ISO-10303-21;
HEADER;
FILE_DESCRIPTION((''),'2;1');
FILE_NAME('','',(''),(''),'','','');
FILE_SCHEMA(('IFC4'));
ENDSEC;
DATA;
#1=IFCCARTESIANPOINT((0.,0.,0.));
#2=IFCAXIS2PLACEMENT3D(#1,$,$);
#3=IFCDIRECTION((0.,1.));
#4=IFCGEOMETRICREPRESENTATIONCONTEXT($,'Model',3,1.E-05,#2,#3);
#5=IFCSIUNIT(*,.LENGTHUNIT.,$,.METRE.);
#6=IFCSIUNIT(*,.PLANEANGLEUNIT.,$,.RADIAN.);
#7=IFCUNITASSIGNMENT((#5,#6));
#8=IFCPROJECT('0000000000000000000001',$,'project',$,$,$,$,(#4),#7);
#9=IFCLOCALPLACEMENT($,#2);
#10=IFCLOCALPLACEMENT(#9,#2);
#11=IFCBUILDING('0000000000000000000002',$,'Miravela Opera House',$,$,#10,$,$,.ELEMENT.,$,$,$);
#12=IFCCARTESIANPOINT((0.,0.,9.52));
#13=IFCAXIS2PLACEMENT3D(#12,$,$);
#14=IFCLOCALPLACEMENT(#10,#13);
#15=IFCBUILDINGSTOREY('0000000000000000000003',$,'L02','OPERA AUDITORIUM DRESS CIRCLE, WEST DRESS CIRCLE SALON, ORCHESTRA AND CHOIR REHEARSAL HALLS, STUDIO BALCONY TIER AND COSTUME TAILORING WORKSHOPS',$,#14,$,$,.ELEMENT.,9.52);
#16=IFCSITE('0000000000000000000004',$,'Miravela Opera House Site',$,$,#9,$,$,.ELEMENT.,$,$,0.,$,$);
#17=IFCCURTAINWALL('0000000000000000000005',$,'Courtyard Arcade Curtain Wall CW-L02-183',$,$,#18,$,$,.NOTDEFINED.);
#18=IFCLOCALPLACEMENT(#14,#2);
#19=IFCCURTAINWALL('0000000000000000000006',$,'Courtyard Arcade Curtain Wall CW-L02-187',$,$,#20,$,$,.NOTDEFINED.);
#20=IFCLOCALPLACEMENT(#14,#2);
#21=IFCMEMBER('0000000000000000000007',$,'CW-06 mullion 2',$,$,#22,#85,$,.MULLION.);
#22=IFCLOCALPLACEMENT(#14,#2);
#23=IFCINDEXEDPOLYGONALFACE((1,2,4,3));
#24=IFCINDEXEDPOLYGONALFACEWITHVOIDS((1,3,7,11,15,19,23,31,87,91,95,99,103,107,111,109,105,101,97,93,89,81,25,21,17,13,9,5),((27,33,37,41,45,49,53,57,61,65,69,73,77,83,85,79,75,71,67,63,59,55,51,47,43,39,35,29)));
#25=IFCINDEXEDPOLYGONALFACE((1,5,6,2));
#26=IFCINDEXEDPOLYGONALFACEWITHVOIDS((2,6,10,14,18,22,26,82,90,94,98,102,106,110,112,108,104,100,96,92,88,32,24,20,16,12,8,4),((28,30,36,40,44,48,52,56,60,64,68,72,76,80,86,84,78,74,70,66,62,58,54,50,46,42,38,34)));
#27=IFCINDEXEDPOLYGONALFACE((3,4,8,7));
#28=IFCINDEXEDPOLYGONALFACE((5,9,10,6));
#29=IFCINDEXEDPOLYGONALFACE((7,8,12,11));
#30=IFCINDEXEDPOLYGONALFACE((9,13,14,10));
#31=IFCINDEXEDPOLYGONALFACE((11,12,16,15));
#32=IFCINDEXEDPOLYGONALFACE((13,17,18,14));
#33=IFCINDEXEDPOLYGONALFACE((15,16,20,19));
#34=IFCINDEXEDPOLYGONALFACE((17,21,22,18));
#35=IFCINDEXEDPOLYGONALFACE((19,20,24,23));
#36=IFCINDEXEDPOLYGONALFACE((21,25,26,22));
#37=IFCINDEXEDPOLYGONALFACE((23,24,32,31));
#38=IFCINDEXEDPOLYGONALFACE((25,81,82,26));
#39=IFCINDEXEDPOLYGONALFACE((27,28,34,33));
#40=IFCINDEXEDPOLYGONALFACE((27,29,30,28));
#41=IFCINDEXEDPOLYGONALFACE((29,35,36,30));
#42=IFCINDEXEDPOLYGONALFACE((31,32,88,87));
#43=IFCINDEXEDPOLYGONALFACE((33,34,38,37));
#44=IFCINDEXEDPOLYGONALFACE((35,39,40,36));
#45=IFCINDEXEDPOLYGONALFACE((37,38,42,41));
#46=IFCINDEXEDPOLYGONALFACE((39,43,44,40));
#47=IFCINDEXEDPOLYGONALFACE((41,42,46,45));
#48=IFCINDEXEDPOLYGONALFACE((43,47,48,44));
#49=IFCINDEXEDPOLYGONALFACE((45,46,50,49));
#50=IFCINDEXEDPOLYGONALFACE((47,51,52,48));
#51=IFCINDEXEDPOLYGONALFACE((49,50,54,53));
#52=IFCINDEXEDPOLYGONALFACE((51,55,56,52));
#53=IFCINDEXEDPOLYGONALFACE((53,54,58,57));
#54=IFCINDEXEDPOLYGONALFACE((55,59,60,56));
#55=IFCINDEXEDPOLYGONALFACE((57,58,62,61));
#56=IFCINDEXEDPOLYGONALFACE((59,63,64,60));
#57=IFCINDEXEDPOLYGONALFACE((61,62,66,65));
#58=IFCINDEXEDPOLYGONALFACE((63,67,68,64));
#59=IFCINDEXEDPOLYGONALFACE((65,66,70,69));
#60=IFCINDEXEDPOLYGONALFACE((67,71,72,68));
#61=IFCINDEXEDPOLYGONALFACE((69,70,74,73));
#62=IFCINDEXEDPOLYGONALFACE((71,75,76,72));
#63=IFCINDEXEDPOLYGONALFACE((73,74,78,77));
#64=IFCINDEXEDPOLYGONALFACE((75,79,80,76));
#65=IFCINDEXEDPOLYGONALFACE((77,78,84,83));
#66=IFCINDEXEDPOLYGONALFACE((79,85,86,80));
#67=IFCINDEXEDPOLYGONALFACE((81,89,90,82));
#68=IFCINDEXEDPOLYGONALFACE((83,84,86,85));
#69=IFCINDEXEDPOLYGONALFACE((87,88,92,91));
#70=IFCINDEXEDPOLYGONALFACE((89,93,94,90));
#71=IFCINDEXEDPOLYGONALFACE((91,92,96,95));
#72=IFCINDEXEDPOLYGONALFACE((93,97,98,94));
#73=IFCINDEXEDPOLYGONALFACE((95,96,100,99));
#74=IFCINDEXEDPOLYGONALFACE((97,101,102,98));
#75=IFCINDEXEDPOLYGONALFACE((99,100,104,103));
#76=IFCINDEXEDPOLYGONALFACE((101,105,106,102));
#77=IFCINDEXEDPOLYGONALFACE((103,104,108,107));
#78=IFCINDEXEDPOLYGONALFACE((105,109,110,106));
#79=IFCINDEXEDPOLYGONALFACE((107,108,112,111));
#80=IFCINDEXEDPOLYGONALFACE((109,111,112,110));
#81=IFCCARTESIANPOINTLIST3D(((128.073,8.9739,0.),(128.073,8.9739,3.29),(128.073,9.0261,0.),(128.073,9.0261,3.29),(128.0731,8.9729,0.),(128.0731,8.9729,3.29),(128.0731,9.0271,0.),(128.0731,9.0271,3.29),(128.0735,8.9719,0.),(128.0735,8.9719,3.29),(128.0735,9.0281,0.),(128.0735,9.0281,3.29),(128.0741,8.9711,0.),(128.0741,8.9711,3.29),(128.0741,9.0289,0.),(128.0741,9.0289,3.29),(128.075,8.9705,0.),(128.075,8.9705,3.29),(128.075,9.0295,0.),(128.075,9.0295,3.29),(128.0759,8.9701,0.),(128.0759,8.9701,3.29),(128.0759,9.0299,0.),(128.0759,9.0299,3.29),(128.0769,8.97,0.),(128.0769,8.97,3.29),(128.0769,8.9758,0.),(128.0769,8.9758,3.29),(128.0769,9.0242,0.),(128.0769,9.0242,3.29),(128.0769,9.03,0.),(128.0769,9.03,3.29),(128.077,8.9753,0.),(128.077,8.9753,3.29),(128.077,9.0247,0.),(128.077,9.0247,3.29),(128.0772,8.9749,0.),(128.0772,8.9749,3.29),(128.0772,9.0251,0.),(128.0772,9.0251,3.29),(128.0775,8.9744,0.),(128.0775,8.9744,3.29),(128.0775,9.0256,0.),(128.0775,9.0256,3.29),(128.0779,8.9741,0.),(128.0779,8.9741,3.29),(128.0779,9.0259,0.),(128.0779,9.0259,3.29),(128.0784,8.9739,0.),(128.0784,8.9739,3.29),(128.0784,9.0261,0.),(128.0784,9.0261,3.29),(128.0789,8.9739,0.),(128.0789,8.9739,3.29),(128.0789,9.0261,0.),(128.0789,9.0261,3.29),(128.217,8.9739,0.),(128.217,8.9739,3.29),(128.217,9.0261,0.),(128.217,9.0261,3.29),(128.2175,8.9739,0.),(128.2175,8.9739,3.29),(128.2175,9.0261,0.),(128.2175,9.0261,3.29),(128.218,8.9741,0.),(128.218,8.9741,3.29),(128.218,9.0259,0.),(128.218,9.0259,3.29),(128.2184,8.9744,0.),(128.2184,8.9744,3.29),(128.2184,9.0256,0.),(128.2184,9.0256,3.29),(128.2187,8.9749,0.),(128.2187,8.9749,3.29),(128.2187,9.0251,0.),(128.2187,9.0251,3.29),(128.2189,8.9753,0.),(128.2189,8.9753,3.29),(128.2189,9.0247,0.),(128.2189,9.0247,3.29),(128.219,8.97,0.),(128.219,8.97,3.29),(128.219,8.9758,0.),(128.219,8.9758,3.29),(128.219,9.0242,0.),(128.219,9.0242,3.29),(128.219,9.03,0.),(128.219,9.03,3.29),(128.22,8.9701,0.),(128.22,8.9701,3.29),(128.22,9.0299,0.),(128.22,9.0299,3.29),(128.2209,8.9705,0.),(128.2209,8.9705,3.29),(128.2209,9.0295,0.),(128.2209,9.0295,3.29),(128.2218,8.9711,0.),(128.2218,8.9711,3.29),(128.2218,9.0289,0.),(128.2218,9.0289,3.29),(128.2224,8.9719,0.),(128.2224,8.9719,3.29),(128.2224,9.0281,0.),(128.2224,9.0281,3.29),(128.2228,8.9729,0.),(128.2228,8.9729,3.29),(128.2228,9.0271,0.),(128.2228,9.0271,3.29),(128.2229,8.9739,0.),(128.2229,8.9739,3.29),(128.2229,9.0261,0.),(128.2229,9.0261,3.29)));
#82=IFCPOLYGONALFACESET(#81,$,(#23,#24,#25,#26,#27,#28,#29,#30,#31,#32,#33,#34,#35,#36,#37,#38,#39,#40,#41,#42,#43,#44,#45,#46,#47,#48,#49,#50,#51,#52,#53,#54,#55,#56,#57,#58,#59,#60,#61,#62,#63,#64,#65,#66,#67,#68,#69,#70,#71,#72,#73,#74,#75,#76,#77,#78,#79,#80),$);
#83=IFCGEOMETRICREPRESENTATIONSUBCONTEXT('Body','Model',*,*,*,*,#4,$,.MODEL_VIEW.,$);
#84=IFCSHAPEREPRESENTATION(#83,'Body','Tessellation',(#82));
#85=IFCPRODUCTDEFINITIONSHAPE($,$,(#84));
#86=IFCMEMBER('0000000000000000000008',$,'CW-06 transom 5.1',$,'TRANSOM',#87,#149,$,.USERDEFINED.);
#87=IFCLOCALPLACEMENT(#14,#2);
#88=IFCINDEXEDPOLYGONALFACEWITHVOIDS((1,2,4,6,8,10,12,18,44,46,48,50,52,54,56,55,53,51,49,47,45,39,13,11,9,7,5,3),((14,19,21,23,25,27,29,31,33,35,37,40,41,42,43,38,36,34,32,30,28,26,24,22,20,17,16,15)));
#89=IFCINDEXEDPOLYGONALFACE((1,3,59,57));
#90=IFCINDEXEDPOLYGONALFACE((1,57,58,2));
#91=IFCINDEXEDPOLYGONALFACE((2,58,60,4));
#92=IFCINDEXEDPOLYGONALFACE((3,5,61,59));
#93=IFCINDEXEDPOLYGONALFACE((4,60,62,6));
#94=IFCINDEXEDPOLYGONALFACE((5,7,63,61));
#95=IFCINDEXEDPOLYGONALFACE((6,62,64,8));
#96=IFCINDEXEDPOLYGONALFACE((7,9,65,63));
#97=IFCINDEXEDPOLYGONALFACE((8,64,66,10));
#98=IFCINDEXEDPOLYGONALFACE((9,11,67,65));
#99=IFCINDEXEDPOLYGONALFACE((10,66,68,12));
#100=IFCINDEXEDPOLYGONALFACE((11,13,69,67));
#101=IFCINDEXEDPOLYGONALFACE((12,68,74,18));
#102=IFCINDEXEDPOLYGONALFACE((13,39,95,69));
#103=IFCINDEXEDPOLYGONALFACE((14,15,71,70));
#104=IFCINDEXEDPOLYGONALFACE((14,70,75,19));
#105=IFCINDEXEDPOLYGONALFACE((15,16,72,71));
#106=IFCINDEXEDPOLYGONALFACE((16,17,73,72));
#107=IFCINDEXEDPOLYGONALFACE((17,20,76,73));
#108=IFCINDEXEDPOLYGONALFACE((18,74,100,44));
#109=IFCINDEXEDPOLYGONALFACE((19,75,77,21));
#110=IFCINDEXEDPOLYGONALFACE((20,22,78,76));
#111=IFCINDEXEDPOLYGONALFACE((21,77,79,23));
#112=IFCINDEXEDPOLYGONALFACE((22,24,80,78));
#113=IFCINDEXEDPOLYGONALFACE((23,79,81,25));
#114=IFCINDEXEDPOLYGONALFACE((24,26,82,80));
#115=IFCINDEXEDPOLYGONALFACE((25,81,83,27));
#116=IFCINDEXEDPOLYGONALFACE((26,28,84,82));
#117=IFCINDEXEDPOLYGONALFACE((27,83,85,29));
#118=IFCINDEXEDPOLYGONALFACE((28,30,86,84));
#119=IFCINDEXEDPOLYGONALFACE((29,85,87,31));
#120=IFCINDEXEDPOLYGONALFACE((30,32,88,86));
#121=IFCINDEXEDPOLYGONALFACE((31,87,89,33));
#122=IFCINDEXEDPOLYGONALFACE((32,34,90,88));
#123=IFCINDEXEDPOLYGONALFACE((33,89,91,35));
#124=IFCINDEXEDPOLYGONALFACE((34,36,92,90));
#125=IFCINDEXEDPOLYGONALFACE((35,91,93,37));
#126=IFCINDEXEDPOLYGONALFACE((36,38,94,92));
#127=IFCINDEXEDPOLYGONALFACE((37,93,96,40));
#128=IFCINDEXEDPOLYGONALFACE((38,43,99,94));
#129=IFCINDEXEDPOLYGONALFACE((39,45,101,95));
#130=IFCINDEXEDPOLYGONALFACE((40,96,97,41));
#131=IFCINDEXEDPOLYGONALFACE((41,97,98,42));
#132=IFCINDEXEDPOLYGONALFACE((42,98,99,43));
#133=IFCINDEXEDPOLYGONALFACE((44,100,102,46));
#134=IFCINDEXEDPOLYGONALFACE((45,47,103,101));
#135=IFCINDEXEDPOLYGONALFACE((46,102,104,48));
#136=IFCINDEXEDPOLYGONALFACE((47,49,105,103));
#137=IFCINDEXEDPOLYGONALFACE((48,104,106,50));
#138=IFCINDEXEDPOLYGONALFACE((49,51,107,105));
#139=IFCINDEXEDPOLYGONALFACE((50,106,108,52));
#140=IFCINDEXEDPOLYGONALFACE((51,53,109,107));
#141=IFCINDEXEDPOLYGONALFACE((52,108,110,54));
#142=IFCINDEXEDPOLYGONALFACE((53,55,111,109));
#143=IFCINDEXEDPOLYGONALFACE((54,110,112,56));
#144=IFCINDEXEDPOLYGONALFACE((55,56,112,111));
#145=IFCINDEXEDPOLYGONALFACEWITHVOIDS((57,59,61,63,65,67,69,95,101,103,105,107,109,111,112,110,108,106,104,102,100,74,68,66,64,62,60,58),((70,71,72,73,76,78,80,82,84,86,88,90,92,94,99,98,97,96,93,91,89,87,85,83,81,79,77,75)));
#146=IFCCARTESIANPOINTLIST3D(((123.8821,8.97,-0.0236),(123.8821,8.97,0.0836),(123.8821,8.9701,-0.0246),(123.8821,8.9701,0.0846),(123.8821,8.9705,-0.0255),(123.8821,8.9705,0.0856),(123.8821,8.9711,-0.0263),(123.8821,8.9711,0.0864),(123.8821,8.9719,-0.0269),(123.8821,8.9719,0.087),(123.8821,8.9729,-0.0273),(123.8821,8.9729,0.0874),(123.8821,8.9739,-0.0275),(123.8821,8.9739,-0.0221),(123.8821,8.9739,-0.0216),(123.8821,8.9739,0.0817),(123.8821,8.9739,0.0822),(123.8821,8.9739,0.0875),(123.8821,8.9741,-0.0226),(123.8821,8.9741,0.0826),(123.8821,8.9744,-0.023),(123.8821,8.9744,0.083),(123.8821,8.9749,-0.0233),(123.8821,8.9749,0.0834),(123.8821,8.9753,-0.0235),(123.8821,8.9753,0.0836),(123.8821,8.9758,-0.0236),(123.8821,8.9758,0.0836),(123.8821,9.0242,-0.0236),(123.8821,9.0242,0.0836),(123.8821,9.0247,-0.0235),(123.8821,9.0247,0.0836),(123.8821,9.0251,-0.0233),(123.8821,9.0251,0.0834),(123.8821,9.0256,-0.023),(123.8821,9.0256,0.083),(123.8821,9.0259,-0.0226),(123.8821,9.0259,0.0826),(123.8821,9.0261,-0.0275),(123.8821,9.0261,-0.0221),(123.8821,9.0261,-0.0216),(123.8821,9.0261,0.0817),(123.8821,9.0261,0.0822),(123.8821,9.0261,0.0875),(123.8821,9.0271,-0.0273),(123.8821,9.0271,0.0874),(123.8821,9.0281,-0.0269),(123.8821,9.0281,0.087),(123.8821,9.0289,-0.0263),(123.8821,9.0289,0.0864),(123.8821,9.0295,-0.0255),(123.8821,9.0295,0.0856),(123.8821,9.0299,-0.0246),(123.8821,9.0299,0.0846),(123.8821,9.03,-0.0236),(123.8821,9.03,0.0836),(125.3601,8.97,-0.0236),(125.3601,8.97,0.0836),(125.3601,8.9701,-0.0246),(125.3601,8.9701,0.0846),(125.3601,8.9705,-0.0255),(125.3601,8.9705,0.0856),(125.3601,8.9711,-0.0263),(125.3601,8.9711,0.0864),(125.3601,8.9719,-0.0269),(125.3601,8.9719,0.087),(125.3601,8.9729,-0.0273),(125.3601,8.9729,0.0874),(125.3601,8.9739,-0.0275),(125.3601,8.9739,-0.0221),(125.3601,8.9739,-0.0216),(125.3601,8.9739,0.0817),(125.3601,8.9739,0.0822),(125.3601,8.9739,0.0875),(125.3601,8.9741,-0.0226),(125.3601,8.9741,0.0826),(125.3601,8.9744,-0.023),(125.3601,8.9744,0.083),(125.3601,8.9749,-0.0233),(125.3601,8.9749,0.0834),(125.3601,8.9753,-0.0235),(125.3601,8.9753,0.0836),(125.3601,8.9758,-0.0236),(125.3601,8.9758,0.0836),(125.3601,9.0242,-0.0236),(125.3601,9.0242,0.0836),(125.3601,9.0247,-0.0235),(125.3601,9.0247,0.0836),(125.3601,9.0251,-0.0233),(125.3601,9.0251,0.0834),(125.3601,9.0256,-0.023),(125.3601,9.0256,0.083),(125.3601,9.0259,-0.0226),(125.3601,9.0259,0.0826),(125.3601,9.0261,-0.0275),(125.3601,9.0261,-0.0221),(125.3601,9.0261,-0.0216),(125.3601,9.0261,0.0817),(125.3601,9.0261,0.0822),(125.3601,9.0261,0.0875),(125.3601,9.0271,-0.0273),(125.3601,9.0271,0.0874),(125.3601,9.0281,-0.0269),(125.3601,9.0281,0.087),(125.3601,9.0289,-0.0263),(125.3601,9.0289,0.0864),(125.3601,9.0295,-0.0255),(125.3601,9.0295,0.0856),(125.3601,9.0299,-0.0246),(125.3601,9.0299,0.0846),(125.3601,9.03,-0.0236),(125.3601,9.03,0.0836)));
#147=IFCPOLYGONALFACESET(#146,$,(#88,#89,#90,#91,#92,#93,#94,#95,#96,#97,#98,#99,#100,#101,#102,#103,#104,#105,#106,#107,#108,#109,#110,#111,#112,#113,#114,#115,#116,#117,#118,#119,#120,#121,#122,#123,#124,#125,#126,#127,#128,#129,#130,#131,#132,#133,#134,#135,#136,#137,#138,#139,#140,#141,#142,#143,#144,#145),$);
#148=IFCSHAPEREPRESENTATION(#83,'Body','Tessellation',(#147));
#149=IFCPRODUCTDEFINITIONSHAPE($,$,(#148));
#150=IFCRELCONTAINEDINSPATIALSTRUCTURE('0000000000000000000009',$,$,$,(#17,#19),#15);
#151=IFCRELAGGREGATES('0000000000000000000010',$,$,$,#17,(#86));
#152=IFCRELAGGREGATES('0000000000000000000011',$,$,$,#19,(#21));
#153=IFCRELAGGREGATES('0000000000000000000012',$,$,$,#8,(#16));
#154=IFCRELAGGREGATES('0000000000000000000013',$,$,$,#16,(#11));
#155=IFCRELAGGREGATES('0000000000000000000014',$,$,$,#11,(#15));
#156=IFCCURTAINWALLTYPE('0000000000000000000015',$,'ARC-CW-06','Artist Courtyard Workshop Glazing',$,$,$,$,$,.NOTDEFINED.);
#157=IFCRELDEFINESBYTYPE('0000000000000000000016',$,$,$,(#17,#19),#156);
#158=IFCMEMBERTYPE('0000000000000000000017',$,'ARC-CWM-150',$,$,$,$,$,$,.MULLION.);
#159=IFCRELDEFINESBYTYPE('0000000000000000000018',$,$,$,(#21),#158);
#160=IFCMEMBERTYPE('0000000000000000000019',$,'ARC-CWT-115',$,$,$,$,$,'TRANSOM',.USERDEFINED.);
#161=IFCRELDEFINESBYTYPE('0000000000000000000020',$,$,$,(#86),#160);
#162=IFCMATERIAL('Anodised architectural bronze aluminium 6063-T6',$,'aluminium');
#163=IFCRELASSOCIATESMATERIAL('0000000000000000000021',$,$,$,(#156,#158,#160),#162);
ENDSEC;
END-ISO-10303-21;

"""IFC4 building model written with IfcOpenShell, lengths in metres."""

from ifc_helpers import new_model, si_unit, direction, frame, origin, origin_2d, place, context, subcontext, project, spatial, hollow_rectangle, extrude, material, material_profile, profile_set, type_object, element, aggregate, save


model = new_model("IFC4")

# Units and contexts
model_context = context("Model", 3, precision=1e-05, world=origin(), true_north=direction((0.0, 1.0)))
body_context = subcontext(model_context, "Body", "Model", "MODEL_VIEW")
ifc_project = project(units=[si_unit("LENGTHUNIT", "METRE"), si_unit("PLANEANGLEUNIT", "RADIAN")], contexts=[model_context])

# Site, building, storey
site_placement = place(None, origin())
site = spatial("IfcSite", under=ifc_project, at=site_placement, Name="Miravela Opera House Site", CompositionType="ELEMENT", RefElevation=0.0)
building_placement = place(site_placement, origin())
building = spatial("IfcBuilding", under=site, at=building_placement, Name="Miravela Opera House", CompositionType="ELEMENT")
storey_placement = place(building_placement, frame((0.0, 0.0, 9.52)))
storey = spatial("IfcBuildingStorey", under=building, at=storey_placement, Name="L02", Description="OPERA AUDITORIUM DRESS CIRCLE, WEST DRESS CIRCLE SALON, ORCHESTRA AND CHOIR REHEARSAL HALLS, STUDIO BALCONY TIER AND COSTUME TAILORING WORKSHOPS", CompositionType="ELEMENT", Elevation=9.52)

# Curtain wall
ifc_material_1 = material(Name="Anodised architectural bronze aluminium 6063-T6", Category="aluminium")
curtain_wall_type = type_object("IfcCurtainWallType", Name="ARC-CW-06", Description="Artist Courtyard Workshop Glazing", PredefinedType="NOTDEFINED", material=ifc_material_1)
curtain_wall_1_placement = place(storey_placement, origin())
curtain_wall_1 = element("IfcCurtainWall", 1, at=curtain_wall_1_placement, inside=storey, type_object=curtain_wall_type, Name="Courtyard Arcade Curtain Wall CW-L02-183", PredefinedType="NOTDEFINED")
ifc_material_profile_1 = material_profile(ifc_material_1, hollow_rectangle(XDim=0.0601, YDim=0.1499, WallThickness=0.0039, InnerFilletRadius=0.002, OuterFilletRadius=0.0039, at=origin_2d()), Name="CWM-60X150")
ifc_profile_set_1 = profile_set([ifc_material_profile_1])
member_type_1 = type_object("IfcMemberType", Name="ARC-CWM-150", PredefinedType="MULLION", material=ifc_profile_set_1)

# Curtain wall, member
curtain_wall_2_placement = place(storey_placement, origin())
curtain_wall_2 = element("IfcCurtainWall", 2, at=curtain_wall_2_placement, inside=storey, type_object=curtain_wall_type, Name="Courtyard Arcade Curtain Wall CW-L02-187", PredefinedType="NOTDEFINED")
member_1_placement = place(storey_placement, frame((128.1479, 9.0, 0.0), z_axis=(0.0, 0.0, 1.0), x_axis=(0.0, 1.0, 0.0)))
member_1 = element("IfcMember", 3, at=member_1_placement, type_object=member_type_1, Name="CW-06 mullion 2", PredefinedType="MULLION", context=body_context, shape_type="SweptSolid", body=[
    extrude(hollow_rectangle(XDim=0.0601, YDim=0.1499, WallThickness=0.0039, InnerFilletRadius=0.002, OuterFilletRadius=0.0039, at=origin_2d()), origin(), (0.0, 0.0, 1.0), 3.29),
])

# Member
ifc_material_profile_2 = material_profile(ifc_material_1, hollow_rectangle(XDim=0.0601, YDim=0.115, WallThickness=0.0039, InnerFilletRadius=0.002, OuterFilletRadius=0.0039, at=origin_2d()), Name="CWT-60X115")
ifc_profile_set_2 = profile_set([ifc_material_profile_2])
member_type_2 = type_object("IfcMemberType", Name="ARC-CWT-115", ElementType="TRANSOM", PredefinedType="USERDEFINED", material=ifc_profile_set_2)
member_2_placement = place(storey_placement, frame((123.8821, 9.0, 0.03), z_axis=(1.0, 0.0, 0.0), x_axis=(0.0, 1.0, 0.0)))
member_2 = element("IfcMember", 4, at=member_2_placement, type_object=member_type_2, Name="CW-06 transom 5.1", ObjectType="TRANSOM", PredefinedType="USERDEFINED", context=body_context, shape_type="SweptSolid", body=[
    extrude(hollow_rectangle(XDim=0.0601, YDim=0.115, WallThickness=0.0039, InnerFilletRadius=0.002, OuterFilletRadius=0.0039, at=origin_2d()), origin(), (0.0, 0.0, 1.0), 1.478),
])

aggregate(curtain_wall_1, [member_2])
aggregate(curtain_wall_2, [member_1])

save(model, "model.ifc")
